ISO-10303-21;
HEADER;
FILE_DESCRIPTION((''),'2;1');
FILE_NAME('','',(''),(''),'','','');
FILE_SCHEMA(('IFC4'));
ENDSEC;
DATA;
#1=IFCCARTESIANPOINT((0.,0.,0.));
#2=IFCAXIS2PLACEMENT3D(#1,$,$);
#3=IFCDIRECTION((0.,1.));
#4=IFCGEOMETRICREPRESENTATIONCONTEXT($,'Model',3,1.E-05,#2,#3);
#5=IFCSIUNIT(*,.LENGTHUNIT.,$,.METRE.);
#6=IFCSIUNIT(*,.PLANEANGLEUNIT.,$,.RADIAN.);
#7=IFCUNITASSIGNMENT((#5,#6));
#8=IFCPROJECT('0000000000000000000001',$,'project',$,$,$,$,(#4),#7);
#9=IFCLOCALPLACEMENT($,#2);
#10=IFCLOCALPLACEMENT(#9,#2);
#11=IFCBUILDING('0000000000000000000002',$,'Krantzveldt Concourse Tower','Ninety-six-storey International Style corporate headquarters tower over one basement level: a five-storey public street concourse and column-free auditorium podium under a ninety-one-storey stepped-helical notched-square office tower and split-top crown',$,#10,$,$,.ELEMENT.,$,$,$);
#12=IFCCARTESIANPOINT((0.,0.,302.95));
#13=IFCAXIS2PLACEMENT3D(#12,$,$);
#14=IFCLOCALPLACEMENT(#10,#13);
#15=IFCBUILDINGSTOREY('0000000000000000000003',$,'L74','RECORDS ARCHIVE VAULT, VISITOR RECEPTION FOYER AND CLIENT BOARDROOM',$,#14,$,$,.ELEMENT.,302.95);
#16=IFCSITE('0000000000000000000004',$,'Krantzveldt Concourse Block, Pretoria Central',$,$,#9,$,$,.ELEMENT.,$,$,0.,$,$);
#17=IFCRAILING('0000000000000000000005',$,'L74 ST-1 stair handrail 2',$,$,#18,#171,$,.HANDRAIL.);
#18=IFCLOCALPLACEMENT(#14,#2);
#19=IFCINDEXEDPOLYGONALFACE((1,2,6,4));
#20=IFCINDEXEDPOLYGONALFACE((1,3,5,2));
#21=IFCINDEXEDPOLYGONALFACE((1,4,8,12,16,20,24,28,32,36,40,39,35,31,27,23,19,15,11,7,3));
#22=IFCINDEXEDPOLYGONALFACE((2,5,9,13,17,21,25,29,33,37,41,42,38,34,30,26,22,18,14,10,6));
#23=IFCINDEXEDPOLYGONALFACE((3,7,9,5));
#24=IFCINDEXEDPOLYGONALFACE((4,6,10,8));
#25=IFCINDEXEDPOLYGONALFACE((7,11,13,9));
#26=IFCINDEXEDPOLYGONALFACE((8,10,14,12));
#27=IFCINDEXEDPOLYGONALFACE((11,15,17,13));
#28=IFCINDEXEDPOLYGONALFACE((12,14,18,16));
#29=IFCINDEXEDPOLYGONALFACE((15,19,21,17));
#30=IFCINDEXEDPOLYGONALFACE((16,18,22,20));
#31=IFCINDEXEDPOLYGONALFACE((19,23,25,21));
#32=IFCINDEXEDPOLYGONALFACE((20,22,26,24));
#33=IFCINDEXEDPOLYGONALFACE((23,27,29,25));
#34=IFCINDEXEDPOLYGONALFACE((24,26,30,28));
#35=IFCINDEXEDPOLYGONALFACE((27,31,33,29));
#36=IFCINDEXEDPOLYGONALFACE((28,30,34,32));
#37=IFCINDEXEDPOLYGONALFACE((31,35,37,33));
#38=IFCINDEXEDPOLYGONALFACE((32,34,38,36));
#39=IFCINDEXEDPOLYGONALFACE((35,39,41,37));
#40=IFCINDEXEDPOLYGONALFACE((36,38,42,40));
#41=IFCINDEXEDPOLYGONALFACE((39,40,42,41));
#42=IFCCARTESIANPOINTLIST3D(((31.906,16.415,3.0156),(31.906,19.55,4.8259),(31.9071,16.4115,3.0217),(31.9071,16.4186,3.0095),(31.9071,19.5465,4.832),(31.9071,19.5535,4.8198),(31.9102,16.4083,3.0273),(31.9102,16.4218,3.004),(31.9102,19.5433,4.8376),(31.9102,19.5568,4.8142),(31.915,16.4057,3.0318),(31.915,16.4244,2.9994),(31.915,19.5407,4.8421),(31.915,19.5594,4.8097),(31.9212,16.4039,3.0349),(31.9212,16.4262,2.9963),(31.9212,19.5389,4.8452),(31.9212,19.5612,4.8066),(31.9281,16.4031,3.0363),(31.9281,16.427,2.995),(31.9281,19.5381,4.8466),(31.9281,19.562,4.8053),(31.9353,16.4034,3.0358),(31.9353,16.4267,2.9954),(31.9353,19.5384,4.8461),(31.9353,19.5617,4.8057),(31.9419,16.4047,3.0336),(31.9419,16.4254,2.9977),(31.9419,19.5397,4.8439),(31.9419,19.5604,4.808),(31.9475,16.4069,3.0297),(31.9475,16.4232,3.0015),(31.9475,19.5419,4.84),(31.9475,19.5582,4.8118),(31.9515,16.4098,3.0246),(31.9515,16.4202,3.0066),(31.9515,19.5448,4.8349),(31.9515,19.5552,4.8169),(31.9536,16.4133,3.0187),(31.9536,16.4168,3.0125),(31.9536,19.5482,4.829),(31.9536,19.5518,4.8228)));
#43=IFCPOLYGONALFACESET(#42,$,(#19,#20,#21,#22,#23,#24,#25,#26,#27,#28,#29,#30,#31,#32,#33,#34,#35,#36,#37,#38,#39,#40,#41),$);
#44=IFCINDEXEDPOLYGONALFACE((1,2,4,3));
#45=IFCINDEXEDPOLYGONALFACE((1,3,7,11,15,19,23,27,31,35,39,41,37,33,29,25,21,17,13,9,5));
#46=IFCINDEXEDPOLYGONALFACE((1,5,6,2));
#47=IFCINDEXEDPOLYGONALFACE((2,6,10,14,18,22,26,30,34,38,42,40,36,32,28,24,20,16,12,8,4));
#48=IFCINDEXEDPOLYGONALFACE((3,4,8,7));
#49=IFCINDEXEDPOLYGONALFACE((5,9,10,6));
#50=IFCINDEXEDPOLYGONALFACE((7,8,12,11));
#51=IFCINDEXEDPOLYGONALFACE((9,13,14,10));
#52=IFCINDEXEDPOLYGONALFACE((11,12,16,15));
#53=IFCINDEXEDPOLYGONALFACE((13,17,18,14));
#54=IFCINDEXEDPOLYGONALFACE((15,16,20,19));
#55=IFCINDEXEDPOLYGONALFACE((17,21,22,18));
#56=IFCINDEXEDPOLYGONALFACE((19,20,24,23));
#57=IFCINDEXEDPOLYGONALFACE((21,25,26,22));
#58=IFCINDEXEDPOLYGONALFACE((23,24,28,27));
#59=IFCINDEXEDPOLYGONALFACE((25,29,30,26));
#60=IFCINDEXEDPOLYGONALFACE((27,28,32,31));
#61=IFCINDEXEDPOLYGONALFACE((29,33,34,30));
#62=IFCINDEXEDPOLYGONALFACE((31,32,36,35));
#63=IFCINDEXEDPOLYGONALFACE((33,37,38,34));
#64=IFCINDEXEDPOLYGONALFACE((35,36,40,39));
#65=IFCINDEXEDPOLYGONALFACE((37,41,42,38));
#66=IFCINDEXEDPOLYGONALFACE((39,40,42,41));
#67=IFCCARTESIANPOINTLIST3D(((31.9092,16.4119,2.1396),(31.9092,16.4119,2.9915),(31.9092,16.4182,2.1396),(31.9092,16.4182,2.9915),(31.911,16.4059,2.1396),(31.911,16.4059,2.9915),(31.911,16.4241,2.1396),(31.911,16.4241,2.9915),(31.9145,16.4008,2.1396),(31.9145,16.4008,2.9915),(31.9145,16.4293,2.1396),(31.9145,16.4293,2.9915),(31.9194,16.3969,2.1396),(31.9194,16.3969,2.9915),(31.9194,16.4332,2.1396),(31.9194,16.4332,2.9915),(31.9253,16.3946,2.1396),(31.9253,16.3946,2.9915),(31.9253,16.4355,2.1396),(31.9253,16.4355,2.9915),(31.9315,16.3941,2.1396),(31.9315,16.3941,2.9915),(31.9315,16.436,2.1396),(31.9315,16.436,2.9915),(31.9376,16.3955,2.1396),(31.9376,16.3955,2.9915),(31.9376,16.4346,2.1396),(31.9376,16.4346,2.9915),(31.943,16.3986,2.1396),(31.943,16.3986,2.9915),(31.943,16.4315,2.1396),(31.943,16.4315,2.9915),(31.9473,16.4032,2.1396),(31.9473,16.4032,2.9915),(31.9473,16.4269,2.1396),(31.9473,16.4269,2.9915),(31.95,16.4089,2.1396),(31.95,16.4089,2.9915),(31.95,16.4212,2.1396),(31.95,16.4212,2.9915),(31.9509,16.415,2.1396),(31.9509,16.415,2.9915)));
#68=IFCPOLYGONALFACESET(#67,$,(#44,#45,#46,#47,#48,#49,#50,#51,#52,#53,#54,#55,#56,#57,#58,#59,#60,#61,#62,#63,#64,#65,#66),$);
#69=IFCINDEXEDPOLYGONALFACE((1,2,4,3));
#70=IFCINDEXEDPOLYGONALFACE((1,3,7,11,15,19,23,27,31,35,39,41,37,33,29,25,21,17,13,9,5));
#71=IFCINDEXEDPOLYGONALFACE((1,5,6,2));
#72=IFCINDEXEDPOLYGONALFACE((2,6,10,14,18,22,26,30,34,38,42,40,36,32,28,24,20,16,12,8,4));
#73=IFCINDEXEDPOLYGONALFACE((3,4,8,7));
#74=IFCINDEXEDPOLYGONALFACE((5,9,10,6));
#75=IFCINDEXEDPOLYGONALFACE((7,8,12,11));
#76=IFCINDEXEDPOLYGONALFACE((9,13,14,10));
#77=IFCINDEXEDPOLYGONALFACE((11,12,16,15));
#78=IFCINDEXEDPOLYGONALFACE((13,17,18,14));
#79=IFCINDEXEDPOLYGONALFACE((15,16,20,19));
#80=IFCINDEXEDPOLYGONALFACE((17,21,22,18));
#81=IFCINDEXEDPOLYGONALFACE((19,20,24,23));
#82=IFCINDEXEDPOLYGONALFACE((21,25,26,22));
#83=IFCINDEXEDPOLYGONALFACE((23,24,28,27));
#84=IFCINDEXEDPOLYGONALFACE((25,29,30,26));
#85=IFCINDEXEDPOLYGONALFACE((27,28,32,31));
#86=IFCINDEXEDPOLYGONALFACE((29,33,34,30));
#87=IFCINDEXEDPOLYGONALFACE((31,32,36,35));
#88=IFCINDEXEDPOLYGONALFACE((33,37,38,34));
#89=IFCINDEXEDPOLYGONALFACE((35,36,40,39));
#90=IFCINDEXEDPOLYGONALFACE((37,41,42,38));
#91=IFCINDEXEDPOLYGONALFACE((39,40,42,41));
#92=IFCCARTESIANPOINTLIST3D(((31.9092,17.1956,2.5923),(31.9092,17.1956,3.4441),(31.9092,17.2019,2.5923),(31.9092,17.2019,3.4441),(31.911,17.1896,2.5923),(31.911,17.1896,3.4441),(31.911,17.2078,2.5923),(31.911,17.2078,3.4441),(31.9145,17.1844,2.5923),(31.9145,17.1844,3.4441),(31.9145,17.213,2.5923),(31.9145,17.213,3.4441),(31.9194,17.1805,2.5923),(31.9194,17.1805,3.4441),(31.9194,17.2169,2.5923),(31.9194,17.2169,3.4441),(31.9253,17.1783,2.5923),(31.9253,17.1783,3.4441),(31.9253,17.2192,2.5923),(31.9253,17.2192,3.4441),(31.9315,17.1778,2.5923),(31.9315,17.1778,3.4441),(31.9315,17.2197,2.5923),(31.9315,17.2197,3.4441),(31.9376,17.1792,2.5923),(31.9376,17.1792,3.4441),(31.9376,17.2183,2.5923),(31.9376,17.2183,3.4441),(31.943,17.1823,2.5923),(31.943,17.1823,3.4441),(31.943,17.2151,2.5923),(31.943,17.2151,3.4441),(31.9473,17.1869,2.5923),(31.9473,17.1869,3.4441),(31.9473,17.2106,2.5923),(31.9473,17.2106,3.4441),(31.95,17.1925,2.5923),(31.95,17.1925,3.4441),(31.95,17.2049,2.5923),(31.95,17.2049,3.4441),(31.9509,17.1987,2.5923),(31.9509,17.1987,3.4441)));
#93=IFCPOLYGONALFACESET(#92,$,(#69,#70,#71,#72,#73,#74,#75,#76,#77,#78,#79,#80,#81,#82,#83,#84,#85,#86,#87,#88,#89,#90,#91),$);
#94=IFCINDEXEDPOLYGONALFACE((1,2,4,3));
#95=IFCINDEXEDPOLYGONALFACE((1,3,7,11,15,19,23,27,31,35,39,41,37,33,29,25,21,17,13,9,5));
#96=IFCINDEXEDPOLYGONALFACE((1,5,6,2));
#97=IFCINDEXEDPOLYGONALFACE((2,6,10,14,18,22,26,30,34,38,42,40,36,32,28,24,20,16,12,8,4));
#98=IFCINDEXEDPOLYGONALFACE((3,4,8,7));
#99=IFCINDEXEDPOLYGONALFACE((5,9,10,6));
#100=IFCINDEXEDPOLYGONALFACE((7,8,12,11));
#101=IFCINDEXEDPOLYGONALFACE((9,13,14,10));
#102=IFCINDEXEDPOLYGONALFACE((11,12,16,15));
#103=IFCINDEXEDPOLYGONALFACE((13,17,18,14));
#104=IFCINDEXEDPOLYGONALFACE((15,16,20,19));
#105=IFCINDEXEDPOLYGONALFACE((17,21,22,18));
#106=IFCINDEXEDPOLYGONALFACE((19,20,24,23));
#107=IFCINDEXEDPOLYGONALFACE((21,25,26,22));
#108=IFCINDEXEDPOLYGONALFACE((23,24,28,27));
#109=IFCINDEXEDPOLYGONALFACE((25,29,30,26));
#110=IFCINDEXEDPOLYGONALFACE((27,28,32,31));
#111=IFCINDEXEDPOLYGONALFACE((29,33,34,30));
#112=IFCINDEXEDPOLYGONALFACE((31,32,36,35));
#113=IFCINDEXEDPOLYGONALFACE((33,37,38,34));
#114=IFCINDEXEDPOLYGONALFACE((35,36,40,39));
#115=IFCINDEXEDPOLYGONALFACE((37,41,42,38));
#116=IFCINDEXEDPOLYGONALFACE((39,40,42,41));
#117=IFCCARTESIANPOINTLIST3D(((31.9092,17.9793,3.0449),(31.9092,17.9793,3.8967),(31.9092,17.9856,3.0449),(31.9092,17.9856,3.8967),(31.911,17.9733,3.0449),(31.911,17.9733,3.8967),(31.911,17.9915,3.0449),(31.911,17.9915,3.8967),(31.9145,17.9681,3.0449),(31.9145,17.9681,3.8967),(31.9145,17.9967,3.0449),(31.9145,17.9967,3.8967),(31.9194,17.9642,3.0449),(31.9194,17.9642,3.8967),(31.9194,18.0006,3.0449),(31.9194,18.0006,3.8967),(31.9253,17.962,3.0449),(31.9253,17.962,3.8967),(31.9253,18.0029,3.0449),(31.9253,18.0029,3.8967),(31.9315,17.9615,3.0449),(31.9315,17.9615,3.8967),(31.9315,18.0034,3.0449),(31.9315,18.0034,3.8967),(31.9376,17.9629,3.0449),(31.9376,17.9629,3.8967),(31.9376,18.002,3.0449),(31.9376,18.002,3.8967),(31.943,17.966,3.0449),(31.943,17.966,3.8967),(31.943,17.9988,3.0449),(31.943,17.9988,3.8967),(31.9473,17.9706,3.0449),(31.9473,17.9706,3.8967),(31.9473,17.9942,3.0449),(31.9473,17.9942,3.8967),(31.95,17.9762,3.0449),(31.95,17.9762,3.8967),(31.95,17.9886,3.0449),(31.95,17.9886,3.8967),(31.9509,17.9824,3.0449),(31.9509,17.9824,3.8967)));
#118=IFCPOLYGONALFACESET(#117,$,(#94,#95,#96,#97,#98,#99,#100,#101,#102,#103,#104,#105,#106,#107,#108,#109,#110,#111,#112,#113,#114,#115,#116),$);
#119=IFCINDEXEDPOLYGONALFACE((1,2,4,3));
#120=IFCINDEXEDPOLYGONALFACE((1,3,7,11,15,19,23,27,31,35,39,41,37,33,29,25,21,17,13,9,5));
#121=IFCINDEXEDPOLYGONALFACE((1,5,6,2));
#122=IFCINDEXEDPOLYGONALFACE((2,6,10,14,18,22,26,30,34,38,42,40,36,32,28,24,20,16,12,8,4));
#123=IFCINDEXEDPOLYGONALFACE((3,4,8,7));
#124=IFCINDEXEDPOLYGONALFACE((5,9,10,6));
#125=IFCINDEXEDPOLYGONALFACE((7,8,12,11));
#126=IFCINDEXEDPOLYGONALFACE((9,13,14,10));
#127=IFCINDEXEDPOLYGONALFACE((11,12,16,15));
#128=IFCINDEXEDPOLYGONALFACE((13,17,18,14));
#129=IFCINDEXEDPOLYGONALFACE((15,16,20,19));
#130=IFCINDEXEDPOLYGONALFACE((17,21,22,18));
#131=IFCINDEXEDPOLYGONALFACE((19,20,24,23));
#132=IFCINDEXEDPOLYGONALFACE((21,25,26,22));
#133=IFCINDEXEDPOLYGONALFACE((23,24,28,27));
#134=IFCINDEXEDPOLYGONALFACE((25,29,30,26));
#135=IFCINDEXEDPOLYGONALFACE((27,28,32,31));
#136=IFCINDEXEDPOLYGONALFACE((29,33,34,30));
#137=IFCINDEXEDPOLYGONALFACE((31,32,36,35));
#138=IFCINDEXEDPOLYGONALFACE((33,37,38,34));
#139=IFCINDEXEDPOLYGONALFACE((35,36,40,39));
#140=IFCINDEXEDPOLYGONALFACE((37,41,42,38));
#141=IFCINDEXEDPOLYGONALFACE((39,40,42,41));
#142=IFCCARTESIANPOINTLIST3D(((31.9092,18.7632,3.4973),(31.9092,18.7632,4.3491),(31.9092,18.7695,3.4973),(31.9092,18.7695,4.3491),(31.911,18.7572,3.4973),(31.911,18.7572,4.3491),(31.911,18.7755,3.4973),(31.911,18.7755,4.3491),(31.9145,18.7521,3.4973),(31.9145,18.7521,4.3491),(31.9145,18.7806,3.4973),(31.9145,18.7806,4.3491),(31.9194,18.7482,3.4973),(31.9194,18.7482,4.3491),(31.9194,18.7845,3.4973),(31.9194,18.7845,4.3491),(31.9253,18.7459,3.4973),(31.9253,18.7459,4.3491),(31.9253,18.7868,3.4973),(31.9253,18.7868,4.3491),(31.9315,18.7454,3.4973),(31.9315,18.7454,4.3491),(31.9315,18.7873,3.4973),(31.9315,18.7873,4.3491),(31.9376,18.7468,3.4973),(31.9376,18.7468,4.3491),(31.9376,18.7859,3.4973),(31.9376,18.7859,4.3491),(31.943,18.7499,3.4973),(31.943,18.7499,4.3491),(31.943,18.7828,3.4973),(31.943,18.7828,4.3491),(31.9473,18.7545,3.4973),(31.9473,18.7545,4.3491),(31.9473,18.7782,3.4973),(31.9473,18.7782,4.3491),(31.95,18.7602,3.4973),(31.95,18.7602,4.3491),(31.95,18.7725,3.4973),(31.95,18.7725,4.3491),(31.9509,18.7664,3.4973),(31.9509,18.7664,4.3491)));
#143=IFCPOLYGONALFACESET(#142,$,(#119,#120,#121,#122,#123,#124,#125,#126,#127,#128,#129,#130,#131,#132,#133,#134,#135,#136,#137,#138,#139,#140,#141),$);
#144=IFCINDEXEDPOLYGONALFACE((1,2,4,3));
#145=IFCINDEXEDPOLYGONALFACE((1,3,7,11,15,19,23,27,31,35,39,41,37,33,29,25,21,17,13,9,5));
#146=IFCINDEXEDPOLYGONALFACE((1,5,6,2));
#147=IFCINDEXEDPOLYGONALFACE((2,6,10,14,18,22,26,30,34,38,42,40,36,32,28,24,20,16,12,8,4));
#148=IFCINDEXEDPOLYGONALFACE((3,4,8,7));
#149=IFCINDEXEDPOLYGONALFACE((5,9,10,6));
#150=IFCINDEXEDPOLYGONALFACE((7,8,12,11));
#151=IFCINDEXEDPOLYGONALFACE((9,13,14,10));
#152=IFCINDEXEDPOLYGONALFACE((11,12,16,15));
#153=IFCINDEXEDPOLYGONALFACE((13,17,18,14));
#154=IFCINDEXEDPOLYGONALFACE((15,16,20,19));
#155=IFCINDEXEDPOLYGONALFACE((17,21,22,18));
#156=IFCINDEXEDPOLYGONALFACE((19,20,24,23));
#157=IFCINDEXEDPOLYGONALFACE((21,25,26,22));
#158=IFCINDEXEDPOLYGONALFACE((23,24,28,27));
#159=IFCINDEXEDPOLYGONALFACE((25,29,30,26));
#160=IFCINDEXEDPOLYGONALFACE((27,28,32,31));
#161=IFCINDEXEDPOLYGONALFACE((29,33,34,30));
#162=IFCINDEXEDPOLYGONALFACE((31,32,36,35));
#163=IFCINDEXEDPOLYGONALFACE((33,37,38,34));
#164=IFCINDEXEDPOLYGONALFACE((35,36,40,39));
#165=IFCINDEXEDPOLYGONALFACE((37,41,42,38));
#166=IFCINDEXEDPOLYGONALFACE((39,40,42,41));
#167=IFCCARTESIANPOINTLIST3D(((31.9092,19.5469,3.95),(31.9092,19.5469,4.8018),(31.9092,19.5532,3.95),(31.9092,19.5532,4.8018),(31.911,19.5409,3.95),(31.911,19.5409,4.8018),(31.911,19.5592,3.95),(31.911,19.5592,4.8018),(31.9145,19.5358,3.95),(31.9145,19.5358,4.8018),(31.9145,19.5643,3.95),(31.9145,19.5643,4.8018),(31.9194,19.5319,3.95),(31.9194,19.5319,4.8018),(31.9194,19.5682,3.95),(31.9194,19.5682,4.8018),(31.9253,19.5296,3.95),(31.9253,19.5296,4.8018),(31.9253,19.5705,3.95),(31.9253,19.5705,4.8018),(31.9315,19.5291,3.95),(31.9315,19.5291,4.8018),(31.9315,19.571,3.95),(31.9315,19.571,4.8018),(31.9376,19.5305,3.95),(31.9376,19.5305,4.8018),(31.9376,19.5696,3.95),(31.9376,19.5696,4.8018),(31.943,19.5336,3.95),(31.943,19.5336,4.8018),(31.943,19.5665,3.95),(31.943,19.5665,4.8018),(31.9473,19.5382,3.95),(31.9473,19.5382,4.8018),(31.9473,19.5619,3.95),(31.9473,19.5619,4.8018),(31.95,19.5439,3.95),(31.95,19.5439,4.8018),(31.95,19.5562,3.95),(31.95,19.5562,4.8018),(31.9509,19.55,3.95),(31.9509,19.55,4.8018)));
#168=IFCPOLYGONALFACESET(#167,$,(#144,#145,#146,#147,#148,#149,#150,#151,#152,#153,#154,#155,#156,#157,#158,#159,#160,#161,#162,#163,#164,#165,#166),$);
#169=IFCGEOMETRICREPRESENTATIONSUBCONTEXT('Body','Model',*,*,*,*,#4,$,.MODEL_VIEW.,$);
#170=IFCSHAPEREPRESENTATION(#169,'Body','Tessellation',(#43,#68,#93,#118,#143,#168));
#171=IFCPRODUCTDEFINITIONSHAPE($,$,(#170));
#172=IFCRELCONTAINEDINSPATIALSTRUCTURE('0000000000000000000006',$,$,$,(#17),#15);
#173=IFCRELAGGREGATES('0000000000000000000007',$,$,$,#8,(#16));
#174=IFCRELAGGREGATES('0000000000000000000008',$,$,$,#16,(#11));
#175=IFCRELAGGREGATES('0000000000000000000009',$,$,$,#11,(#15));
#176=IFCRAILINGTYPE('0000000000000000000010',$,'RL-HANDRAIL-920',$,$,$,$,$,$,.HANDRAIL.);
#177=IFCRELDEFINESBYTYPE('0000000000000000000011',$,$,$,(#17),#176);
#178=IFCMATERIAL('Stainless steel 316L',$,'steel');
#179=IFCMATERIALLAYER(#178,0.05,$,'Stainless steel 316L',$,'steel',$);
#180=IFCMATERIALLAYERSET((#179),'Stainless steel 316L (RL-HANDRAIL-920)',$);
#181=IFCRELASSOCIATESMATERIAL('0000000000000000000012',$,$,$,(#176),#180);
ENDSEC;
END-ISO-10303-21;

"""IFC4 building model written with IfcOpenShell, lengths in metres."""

from ifc_helpers import new_model, si_unit, direction, frame, origin, origin_2d, place, context, subcontext, project, spatial, circle, extrude, material, layer, layer_set, type_object, element, save


model = new_model("IFC4")

# Units and contexts
model_context = context("Model", 3, precision=1e-05, world=origin(), true_north=direction((0.0, 1.0)))
body_context = subcontext(model_context, "Body", "Model", "MODEL_VIEW")
ifc_project = project(units=[si_unit("LENGTHUNIT", "METRE"), si_unit("PLANEANGLEUNIT", "RADIAN")], contexts=[model_context])

# Site, building, storey
site_placement = place(None, origin())
site = spatial("IfcSite", under=ifc_project, at=site_placement, Name="Krantzveldt Concourse Block, Pretoria Central", CompositionType="ELEMENT", RefElevation=0.0)
building_placement = place(site_placement, origin())
building = spatial("IfcBuilding", under=site, at=building_placement, Name="Krantzveldt Concourse Tower", Description="Ninety-six-storey International Style corporate headquarters tower over one basement level: a five-storey public street concourse and column-free auditorium podium under a ninety-one-storey stepped-helical notched-square office tower and split-top crown", CompositionType="ELEMENT")
storey_placement = place(building_placement, frame((0.0, 0.0, 302.95)))
storey = spatial("IfcBuildingStorey", under=building, at=storey_placement, Name="L74", Description="RECORDS ARCHIVE VAULT, VISITOR RECEPTION FOYER AND CLIENT BOARDROOM", CompositionType="ELEMENT", Elevation=302.95)

# Railing
ifc_material_1 = material(Name="Stainless steel 316L", Category="steel")
ifc_layer_1 = layer(ifc_material_1, 0.05, Name="Stainless steel 316L", Category="steel")
ifc_layer_set_1 = layer_set([ifc_layer_1], Name="Stainless steel 316L (RL-HANDRAIL-920)")
railing_type_1 = type_object("IfcRailingType", Name="RL-HANDRAIL-920", PredefinedType="HANDRAIL", material=ifc_layer_set_1)
railing_1_placement = place(storey_placement, frame((31.9299, 16.415, 2.1396)))
element("IfcRailing", 1, at=railing_1_placement, inside=storey, type_object=railing_type_1, Name="L74 ST-1 stair handrail 2", PredefinedType="HANDRAIL", context=body_context, shape_type="SweptSolid", body=[
    extrude(circle(Radius=0.0239, at=origin_2d()), frame((0.0, 0.0, 0.876), z_axis=(0.0, 0.865989, 0.500063), x_axis=(-1.0, 0.0, 0.0)), (0.0, 0.0, 1.0), 3.6201),
    extrude(circle(Radius=0.021, at=origin_2d()), origin(), (0.0, 0.0, 1.0), 0.8518),
    extrude(circle(Radius=0.021, at=origin_2d()), frame((0.0, 0.7837, 0.4526)), (0.0, 0.0, 1.0), 0.8518),
    extrude(circle(Radius=0.021, at=origin_2d()), frame((0.0, 1.5674, 0.9053)), (0.0, 0.0, 1.0), 0.8518),
    extrude(circle(Radius=0.021, at=origin_2d()), frame((0.0, 2.3513, 1.3577)), (0.0, 0.0, 1.0), 0.8518),
    extrude(circle(Radius=0.021, at=origin_2d()), frame((0.0, 3.135, 1.8103)), (0.0, 0.0, 1.0), 0.8518),
])

save(model, "model.ifc")
